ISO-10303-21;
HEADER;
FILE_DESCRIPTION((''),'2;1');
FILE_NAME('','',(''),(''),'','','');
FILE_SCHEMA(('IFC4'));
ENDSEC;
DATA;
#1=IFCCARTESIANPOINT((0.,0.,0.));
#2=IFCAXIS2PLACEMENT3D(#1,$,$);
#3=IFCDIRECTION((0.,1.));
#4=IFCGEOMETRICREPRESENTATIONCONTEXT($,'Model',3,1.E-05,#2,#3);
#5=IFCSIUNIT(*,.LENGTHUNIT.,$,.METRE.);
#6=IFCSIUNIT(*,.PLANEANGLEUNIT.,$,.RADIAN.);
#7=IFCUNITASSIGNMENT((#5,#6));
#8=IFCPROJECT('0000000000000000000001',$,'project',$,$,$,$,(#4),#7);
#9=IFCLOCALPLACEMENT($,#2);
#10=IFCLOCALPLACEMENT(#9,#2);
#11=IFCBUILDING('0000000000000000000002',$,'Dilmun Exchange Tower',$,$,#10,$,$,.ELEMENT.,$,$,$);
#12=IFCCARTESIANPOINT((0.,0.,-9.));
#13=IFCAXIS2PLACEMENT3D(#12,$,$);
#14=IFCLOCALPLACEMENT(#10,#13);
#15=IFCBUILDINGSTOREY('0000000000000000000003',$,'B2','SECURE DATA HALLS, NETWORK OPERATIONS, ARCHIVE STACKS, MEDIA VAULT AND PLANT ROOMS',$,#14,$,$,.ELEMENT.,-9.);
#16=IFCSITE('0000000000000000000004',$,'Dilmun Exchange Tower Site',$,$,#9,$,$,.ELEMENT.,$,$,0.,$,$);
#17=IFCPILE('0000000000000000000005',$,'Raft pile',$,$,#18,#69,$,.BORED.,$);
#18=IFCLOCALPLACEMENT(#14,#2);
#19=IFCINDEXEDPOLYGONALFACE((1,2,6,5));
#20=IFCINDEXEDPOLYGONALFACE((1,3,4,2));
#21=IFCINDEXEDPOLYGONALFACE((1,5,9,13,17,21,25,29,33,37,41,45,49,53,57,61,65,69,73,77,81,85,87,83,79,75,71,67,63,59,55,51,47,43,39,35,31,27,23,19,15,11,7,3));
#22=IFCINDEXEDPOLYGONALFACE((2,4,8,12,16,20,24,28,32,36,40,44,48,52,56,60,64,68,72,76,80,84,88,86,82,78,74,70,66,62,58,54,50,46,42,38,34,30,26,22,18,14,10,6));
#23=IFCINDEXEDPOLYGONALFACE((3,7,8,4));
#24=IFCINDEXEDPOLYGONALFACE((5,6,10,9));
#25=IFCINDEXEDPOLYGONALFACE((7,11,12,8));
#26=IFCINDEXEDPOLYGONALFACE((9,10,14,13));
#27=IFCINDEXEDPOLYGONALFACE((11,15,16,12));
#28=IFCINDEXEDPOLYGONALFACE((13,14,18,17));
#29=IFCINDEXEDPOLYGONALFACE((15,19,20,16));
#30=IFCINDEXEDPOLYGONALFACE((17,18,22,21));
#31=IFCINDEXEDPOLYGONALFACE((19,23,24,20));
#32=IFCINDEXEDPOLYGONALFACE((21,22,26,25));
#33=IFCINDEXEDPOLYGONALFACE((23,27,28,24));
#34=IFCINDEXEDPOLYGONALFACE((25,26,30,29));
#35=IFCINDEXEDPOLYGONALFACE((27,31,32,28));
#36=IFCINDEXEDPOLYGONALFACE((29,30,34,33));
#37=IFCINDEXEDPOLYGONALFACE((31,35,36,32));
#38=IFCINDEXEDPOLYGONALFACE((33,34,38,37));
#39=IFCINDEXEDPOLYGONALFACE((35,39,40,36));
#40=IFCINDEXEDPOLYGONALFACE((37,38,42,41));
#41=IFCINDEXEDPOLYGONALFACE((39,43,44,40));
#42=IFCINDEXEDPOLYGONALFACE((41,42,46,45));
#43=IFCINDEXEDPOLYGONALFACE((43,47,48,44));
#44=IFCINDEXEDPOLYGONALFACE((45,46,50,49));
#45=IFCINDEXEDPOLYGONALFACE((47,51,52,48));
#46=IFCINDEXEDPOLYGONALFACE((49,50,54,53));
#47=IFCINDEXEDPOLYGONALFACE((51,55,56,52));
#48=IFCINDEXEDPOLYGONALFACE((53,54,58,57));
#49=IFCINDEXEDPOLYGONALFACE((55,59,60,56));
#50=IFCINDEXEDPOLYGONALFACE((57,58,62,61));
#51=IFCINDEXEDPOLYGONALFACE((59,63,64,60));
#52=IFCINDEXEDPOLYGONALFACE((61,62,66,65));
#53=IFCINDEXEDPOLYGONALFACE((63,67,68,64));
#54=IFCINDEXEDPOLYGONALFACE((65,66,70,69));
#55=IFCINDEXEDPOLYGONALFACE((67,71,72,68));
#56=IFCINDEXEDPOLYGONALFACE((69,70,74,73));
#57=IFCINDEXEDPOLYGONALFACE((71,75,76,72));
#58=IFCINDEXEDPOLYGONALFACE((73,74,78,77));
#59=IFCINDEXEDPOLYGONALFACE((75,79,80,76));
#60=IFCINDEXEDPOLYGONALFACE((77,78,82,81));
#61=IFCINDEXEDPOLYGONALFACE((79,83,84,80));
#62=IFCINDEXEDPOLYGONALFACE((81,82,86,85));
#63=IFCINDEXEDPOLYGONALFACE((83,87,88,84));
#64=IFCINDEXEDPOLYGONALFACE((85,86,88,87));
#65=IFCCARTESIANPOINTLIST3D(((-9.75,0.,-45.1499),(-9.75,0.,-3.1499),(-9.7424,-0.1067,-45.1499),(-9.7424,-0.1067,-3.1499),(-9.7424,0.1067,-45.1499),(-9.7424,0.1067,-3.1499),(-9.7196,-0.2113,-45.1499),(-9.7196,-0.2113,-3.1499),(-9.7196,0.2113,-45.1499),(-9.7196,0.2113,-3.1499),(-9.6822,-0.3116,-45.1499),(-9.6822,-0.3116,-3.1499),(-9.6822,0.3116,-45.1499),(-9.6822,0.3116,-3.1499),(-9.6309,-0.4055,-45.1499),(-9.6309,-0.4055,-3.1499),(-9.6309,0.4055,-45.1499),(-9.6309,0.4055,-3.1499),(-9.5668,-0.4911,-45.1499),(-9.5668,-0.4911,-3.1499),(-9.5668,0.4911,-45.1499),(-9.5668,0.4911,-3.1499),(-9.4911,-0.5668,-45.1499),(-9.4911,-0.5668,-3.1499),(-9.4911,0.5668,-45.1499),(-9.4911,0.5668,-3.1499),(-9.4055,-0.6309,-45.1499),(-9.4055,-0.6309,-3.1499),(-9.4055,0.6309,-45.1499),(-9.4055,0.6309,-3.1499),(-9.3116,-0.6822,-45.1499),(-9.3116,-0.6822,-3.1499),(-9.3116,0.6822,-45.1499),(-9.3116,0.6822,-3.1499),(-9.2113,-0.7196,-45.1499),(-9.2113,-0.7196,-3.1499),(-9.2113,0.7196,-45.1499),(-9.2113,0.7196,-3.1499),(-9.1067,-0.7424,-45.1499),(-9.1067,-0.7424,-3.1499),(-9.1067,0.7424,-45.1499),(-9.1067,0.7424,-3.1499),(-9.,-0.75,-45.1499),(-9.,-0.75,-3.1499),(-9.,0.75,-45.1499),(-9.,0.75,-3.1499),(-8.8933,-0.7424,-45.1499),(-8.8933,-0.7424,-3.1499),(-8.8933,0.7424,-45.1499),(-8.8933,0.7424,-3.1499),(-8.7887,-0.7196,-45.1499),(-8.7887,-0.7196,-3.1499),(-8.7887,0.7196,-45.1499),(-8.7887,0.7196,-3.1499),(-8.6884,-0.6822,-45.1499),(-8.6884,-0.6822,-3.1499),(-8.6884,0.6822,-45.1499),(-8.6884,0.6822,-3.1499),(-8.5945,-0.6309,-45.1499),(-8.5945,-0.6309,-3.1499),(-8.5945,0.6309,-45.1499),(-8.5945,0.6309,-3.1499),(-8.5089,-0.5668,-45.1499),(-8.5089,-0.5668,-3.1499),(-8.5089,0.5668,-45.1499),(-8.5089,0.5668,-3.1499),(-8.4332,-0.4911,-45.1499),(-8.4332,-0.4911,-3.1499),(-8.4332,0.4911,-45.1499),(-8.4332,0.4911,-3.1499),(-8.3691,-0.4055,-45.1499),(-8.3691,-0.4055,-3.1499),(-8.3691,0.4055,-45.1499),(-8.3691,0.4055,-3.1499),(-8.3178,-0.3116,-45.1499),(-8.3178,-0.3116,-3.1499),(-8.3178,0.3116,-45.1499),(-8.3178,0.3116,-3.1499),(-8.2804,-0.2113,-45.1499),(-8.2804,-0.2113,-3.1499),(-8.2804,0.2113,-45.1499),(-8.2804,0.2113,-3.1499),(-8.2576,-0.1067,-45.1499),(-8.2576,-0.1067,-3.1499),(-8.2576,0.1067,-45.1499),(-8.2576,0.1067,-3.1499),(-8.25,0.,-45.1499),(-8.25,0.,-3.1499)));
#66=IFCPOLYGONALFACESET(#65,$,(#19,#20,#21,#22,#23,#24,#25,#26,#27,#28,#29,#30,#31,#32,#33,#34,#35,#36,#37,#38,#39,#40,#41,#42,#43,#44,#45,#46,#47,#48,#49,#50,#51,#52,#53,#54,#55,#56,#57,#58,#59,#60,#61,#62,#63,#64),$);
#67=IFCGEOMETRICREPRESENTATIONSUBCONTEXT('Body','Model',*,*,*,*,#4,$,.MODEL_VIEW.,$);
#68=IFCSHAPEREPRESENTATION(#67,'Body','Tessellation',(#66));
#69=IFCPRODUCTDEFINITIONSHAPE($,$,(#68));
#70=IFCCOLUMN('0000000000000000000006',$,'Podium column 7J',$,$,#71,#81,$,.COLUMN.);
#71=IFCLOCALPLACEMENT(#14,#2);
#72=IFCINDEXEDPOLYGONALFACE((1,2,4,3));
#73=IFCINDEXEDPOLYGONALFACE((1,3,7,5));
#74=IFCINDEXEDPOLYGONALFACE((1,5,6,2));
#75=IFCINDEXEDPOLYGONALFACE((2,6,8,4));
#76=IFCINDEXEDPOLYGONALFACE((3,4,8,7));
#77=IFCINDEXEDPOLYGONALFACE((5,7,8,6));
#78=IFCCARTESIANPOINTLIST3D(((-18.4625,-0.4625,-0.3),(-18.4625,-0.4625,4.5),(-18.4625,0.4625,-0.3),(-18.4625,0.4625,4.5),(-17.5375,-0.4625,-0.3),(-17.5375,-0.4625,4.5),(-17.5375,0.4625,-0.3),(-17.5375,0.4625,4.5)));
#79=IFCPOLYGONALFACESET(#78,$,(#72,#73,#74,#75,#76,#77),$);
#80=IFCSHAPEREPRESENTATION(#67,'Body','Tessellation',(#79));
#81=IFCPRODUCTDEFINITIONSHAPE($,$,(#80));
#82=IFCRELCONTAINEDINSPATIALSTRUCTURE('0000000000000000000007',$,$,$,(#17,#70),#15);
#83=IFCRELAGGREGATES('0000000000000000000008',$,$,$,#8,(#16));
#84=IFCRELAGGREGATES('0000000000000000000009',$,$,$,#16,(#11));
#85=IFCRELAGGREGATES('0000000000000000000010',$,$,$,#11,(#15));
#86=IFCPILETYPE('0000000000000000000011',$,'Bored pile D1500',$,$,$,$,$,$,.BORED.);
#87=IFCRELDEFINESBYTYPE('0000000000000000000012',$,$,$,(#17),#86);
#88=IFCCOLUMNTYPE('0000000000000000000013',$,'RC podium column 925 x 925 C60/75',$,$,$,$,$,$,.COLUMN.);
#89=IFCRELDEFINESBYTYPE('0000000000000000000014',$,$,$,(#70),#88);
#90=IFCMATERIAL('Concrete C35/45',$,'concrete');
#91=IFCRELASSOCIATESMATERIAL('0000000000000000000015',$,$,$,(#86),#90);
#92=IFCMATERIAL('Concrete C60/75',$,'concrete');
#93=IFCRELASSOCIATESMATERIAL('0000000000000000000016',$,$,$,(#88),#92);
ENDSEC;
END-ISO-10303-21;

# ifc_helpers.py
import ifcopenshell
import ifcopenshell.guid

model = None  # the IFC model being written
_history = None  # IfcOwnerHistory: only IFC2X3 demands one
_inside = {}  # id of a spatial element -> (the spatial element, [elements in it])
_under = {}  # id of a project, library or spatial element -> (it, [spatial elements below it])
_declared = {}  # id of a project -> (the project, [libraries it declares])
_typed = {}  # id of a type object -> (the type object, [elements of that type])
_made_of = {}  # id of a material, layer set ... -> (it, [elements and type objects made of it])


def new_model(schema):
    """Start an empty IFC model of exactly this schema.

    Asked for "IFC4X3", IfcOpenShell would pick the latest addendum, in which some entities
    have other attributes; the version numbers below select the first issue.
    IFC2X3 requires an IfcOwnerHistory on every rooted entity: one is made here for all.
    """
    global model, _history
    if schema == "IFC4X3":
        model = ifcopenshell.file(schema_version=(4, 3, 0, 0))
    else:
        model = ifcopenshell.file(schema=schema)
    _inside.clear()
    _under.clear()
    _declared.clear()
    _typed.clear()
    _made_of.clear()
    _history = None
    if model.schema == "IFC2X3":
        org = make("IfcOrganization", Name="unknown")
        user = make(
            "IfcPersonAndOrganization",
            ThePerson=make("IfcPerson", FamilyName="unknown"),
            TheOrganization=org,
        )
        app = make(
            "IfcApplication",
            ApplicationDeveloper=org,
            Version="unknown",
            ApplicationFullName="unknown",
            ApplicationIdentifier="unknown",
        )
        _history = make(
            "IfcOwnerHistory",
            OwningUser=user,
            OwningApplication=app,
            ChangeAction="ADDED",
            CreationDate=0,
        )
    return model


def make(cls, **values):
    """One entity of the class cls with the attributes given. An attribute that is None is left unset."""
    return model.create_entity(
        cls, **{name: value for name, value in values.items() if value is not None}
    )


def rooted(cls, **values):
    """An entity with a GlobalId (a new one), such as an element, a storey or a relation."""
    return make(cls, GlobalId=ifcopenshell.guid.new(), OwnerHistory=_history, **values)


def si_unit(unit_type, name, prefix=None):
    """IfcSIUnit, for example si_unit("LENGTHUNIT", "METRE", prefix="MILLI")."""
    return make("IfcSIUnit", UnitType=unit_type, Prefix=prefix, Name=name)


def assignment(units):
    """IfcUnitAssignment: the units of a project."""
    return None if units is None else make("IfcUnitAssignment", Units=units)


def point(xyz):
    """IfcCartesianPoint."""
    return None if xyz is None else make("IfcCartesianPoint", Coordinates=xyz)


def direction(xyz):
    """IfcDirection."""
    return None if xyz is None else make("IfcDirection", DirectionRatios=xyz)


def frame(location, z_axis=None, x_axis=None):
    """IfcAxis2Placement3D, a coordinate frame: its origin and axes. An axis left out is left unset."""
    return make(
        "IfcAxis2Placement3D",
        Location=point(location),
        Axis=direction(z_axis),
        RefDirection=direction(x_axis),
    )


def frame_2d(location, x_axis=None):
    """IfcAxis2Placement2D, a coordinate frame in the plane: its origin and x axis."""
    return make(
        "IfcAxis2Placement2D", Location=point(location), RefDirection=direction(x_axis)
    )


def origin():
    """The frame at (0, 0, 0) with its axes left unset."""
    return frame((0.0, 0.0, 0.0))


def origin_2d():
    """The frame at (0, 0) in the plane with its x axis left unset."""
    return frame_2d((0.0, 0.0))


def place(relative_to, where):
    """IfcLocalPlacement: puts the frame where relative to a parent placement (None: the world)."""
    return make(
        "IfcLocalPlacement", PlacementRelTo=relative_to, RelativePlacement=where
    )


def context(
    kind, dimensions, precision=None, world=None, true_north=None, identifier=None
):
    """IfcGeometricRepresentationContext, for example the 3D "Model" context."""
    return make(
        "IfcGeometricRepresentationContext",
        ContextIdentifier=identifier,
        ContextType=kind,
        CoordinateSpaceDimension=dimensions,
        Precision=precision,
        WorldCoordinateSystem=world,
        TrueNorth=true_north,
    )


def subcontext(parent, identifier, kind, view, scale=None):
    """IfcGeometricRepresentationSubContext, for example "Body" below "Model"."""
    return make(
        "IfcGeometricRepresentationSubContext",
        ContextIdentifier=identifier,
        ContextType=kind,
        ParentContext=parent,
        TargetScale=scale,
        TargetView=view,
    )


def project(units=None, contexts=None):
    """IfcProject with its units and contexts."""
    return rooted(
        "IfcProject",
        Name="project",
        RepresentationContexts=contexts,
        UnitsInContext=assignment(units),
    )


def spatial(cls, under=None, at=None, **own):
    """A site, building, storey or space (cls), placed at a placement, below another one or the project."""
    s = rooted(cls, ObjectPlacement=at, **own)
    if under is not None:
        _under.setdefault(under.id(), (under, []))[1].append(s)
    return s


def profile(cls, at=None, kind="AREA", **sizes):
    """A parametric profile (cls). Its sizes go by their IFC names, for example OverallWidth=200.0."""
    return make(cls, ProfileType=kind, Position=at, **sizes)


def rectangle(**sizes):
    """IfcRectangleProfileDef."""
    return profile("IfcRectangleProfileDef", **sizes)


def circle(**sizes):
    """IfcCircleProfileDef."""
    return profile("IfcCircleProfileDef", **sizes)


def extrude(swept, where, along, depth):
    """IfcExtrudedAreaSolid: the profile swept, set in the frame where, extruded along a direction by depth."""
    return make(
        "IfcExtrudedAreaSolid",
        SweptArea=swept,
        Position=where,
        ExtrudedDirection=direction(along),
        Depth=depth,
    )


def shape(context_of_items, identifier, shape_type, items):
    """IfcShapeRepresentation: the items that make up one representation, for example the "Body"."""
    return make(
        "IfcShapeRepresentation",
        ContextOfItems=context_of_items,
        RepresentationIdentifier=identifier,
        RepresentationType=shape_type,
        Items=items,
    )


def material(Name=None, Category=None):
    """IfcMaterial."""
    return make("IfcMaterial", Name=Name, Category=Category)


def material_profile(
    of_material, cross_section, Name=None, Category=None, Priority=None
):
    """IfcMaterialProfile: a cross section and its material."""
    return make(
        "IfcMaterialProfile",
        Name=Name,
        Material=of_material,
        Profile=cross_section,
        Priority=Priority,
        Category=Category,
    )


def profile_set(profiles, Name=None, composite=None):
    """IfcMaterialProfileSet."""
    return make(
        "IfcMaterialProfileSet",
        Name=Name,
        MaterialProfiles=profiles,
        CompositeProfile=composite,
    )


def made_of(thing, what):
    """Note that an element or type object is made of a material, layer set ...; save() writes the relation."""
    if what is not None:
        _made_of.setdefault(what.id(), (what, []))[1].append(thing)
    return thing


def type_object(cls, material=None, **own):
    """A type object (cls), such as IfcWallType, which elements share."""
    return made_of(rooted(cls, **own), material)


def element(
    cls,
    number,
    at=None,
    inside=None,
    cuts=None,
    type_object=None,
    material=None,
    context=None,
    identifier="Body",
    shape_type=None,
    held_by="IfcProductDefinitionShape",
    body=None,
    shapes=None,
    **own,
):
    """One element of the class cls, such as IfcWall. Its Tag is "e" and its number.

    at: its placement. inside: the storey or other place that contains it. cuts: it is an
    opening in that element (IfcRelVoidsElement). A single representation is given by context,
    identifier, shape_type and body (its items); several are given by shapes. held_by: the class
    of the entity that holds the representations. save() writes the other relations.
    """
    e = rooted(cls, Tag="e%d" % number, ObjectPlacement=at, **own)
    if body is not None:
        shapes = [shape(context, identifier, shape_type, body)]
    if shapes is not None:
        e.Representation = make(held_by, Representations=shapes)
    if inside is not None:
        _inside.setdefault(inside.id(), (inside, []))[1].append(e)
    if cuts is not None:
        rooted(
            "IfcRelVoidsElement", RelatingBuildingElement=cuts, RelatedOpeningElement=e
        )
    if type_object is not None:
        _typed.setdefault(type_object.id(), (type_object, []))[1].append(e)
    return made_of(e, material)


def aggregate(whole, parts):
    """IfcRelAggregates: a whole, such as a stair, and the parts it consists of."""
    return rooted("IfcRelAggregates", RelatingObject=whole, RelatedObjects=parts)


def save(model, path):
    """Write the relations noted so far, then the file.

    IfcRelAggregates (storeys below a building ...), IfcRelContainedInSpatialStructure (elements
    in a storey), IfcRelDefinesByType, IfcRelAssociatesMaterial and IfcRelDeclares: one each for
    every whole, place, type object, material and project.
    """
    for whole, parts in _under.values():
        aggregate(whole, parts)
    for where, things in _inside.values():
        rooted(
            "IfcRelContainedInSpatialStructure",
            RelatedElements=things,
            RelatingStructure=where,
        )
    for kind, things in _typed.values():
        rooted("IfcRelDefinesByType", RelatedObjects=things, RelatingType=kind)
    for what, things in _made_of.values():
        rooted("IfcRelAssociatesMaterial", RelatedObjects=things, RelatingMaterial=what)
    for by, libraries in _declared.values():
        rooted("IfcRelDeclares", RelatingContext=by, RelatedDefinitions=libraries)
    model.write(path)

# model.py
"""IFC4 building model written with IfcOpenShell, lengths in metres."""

from ifc_helpers import new_model, si_unit, direction, frame, origin, origin_2d, place, context, subcontext, project, spatial, rectangle, circle, extrude, material, material_profile, profile_set, type_object, element, save


model = new_model("IFC4")

# Units and contexts
model_context = context("Model", 3, precision=1e-05, world=origin(), true_north=direction((0.0, 1.0)))
body_context = subcontext(model_context, "Body", "Model", "MODEL_VIEW")
ifc_project = project(units=[si_unit("LENGTHUNIT", "METRE"), si_unit("PLANEANGLEUNIT", "RADIAN")], contexts=[model_context])

# Site, building, storey
site_placement = place(None, origin())
site = spatial("IfcSite", under=ifc_project, at=site_placement, Name="Dilmun Exchange Tower Site", CompositionType="ELEMENT", RefElevation=0.0)
building_placement = place(site_placement, origin())
building = spatial("IfcBuilding", under=site, at=building_placement, Name="Dilmun Exchange Tower", CompositionType="ELEMENT")
storey_placement = place(building_placement, frame((0.0, 0.0, -9.0)))
storey = spatial("IfcBuildingStorey", under=building, at=storey_placement, Name="B2", Description="SECURE DATA HALLS, NETWORK OPERATIONS, ARCHIVE STACKS, MEDIA VAULT AND PLANT ROOMS", CompositionType="ELEMENT", Elevation=-9.0)

# Pile
ifc_material_1 = material(Name="Concrete C35/45", Category="concrete")
ifc_material_profile_1 = material_profile(ifc_material_1, circle(Radius=0.75, at=origin_2d()), Name="D1500")
ifc_profile_set_1 = profile_set([ifc_material_profile_1], Name="Concrete C35/45")
pile_type = type_object("IfcPileType", Name="Bored pile D1500", PredefinedType="BORED", material=ifc_profile_set_1)
for number, where, z_axis, x_axis, name in (
    (1, (-9.0, 0.0, -3.1499), (0.0, 0.0, -1.0), (1.0, 0.0, 0.0), "Raft pile"),
):
    element("IfcPile", number, at=place(storey_placement, frame(where, z_axis=z_axis, x_axis=x_axis)), inside=storey, type_object=pile_type, Name=name, PredefinedType="BORED", context=body_context, shape_type="SweptSolid", body=[
        extrude(circle(Radius=0.75, at=origin_2d()), origin(), (0.0, 0.0, 1.0), 42.0),
    ])

# Column
ifc_material_2 = material(Name="Concrete C60/75", Category="concrete")
ifc_material_profile_2 = material_profile(ifc_material_2, rectangle(XDim=0.925, YDim=0.925, at=origin_2d()), Name="925 x 925")
ifc_profile_set_2 = profile_set([ifc_material_profile_2], Name="Concrete C60/75")
column_type = type_object("IfcColumnType", Name="RC podium column 925 x 925 C60/75", PredefinedType="COLUMN", material=ifc_profile_set_2)
column_placement = place(storey_placement, frame((-18.0, 0.0, -0.3), z_axis=(0.0, 0.0, 1.0), x_axis=(1.0, 0.0, 0.0)))
element("IfcColumn", 2, at=column_placement, inside=storey, type_object=column_type, Name="Podium column 7J", PredefinedType="COLUMN", context=body_context, shape_type="SweptSolid", body=[
    extrude(rectangle(XDim=0.925, YDim=0.925, at=origin_2d()), origin(), (0.0, 0.0, 1.0), 4.8),
])

save(model, "model.ifc")
